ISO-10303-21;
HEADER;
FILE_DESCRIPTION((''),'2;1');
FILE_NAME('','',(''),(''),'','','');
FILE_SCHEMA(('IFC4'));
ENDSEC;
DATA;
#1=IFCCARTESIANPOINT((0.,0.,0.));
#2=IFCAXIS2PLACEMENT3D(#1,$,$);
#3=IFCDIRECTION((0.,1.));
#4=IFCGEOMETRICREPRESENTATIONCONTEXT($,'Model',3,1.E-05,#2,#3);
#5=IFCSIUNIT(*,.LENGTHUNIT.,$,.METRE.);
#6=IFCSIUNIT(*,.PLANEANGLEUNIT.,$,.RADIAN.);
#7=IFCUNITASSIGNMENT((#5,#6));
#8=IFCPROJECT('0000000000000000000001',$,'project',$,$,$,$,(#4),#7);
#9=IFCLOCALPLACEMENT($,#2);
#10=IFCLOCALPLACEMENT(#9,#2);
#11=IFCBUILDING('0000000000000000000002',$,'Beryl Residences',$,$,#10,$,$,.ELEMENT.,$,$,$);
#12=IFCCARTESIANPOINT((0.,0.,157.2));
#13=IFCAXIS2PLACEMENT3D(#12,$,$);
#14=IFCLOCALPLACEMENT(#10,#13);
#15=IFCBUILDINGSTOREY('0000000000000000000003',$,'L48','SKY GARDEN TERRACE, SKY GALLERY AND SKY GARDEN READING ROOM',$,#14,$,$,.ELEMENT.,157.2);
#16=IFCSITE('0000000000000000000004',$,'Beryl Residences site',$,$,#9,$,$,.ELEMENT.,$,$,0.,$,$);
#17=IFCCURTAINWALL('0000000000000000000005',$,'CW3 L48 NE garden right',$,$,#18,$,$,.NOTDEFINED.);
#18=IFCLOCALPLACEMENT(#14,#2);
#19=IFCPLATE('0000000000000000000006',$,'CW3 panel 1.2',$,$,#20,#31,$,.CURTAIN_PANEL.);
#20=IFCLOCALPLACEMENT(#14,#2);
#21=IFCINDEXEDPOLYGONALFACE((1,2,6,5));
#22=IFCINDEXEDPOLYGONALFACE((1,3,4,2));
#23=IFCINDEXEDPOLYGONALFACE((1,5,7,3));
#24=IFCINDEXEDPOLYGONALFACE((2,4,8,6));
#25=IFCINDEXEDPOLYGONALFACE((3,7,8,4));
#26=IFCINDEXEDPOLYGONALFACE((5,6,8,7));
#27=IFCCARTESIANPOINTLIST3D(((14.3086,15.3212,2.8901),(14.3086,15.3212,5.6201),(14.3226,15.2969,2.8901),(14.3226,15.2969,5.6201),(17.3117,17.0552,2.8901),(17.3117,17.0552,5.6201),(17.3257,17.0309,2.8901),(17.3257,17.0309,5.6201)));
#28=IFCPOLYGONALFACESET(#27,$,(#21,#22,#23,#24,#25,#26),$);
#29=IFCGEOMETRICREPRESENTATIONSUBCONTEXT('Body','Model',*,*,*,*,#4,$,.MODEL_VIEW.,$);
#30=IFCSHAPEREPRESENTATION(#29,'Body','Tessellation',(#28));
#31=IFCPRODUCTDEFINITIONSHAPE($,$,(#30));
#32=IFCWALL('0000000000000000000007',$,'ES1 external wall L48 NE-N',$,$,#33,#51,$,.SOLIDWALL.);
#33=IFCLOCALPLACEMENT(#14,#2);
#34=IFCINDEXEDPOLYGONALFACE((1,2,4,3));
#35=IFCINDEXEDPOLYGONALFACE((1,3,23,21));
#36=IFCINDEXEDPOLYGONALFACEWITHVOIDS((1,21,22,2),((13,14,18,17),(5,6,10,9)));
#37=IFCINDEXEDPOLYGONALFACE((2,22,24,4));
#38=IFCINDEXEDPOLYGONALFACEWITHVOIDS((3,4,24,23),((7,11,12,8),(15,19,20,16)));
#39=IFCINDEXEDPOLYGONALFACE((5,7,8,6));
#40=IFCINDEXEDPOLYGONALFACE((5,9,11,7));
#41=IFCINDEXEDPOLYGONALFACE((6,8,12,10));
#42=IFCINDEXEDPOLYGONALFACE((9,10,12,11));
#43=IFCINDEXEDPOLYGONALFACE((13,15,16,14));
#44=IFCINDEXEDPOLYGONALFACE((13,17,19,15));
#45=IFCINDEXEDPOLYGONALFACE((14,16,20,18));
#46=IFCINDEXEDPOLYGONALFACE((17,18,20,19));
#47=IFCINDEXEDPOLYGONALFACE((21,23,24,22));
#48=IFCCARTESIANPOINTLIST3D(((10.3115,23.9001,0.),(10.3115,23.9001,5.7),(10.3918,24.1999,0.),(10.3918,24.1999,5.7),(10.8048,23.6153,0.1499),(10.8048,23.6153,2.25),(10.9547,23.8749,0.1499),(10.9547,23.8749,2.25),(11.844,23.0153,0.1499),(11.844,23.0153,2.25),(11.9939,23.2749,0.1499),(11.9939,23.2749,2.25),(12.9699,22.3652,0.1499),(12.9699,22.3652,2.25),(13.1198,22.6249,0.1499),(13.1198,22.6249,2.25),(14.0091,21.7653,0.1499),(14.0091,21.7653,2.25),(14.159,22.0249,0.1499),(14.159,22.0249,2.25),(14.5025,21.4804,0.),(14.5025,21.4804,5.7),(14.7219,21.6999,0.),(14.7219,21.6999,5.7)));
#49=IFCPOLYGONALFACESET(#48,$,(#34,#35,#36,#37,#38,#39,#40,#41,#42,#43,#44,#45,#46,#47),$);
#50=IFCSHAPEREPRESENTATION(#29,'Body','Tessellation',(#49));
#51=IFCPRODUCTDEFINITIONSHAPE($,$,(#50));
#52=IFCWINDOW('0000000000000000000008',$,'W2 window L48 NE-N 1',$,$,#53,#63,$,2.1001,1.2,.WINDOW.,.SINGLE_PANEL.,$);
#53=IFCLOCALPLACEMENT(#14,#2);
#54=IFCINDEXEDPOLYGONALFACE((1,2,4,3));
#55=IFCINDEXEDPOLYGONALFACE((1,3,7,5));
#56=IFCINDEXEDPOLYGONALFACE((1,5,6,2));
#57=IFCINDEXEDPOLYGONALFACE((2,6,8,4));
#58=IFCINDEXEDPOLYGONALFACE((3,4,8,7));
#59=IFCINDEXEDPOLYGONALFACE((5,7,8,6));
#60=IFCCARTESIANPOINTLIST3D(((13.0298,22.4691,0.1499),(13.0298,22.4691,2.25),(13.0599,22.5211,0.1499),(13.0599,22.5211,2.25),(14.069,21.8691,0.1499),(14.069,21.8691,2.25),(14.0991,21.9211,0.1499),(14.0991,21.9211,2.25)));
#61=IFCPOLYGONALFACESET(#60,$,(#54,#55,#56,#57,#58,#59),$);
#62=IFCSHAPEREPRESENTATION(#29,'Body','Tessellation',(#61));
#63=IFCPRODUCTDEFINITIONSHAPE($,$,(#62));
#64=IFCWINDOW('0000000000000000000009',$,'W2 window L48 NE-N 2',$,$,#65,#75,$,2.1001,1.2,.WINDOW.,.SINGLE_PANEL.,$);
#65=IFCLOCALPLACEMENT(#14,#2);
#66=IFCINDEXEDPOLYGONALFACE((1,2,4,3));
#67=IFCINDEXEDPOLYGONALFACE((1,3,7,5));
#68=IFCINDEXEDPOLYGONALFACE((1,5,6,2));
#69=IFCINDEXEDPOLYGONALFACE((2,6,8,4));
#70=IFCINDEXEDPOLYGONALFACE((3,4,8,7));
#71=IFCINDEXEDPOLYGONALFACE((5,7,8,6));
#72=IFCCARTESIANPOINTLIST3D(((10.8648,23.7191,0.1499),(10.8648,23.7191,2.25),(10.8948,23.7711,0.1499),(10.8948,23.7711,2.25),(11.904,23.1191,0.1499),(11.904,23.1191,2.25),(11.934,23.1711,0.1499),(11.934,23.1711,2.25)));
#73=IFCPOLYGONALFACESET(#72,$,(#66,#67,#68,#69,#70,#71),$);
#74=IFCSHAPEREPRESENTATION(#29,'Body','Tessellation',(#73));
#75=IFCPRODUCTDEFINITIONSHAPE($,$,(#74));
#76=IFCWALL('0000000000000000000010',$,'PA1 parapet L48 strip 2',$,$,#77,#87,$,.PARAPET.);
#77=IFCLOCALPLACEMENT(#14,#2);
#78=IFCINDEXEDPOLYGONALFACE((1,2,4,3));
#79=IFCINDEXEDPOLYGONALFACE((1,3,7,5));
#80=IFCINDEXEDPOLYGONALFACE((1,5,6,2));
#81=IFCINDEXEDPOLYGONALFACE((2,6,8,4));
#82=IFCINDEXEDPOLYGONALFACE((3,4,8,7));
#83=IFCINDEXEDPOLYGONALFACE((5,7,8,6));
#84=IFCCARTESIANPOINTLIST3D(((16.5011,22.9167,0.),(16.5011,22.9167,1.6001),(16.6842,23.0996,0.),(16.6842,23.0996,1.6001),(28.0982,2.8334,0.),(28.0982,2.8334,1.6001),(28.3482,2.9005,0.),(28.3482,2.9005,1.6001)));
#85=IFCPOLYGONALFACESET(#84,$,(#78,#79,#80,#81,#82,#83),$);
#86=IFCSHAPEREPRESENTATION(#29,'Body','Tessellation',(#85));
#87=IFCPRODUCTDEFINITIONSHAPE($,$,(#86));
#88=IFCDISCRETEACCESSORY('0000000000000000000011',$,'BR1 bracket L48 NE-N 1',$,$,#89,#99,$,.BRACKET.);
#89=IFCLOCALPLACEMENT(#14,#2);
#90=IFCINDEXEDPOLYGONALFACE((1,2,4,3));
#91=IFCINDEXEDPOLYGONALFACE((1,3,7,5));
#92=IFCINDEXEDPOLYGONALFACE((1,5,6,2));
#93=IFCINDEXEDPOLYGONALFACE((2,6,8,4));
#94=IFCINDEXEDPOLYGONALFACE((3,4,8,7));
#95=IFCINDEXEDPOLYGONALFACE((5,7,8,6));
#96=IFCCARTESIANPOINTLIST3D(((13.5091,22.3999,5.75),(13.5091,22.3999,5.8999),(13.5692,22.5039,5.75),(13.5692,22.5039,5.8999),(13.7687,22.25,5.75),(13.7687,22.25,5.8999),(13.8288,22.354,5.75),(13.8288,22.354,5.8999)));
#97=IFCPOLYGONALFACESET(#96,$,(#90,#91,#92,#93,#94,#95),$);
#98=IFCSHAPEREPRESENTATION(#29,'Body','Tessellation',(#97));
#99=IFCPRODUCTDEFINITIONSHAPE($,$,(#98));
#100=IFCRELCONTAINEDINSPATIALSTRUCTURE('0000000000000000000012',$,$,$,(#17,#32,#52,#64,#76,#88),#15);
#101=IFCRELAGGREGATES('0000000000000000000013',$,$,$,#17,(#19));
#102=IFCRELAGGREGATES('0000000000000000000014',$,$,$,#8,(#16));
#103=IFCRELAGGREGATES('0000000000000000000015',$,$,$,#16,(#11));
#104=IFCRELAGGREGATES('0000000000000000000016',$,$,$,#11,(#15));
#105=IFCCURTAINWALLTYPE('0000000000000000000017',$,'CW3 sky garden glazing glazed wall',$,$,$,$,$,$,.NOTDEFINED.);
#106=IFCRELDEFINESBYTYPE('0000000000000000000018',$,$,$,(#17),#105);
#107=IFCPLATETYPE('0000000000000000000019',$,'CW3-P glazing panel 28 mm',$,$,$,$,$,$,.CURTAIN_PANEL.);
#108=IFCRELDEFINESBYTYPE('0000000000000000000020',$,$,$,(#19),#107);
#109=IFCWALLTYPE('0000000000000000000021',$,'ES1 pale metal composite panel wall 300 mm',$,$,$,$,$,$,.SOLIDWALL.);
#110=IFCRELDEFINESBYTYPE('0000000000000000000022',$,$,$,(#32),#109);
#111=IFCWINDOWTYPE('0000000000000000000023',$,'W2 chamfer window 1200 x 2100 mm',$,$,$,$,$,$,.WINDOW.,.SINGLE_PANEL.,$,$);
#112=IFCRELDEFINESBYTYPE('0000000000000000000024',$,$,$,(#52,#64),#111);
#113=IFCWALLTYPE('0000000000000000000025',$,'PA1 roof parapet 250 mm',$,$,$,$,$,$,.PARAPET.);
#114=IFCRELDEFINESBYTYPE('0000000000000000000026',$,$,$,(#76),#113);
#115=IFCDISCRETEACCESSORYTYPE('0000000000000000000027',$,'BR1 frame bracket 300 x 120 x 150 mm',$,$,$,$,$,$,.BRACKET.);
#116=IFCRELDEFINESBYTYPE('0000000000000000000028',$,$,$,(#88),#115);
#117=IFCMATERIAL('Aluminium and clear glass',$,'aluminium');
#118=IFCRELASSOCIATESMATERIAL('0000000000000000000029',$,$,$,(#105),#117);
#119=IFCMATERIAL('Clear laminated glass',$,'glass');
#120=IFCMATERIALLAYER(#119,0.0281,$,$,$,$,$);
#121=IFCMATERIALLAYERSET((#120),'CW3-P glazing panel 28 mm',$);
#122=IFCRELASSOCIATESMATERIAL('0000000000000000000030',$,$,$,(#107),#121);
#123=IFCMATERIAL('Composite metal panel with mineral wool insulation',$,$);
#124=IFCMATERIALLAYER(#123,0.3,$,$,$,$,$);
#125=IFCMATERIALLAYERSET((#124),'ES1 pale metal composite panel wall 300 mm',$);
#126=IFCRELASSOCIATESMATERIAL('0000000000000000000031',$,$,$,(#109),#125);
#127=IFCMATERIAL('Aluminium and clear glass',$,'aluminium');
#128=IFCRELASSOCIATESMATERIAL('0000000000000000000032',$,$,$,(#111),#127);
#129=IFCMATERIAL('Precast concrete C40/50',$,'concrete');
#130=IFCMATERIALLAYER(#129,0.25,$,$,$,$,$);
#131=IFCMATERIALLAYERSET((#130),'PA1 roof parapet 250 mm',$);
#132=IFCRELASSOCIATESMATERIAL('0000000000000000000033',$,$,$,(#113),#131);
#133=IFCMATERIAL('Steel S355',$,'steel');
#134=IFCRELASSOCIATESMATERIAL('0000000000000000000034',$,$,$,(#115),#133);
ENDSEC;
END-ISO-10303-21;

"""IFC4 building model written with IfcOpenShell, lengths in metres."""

from ifc_helpers import new_model, si_unit, direction, frame, frame_2d, origin, origin_2d, place, context, subcontext, project, spatial, polyline, rectangle, outline, extrude, source, transform, mapped, material, layer, layer_set, type_object, type_shapes, element, fill, aggregate, save


model = new_model("IFC4")

# Units and contexts
model_context = context("Model", 3, precision=1e-05, world=origin(), true_north=direction((0.0, 1.0)))
body_context = subcontext(model_context, "Body", "Model", "MODEL_VIEW")
ifc_project = project(units=[si_unit("LENGTHUNIT", "METRE"), si_unit("PLANEANGLEUNIT", "RADIAN")], contexts=[model_context])

# Site, building, storey
site_placement = place(None, origin())
site = spatial("IfcSite", under=ifc_project, at=site_placement, Name="Beryl Residences site", CompositionType="ELEMENT", RefElevation=0.0)
building_placement = place(site_placement, origin())
building = spatial("IfcBuilding", under=site, at=building_placement, Name="Beryl Residences", CompositionType="ELEMENT")
storey_placement = place(building_placement, frame((0.0, 0.0, 157.2)))
storey = spatial("IfcBuildingStorey", under=building, at=storey_placement, Name="L48", Description="SKY GARDEN TERRACE, SKY GALLERY AND SKY GARDEN READING ROOM", CompositionType="ELEMENT", Elevation=157.2)

# Shared definitions
ifc_material_1 = material(Name="Aluminium and clear glass", Category="aluminium")
curtain_wall_type = type_object("IfcCurtainWallType", Name="CW3 sky garden glazing glazed wall", PredefinedType="NOTDEFINED", material=ifc_material_1)

# Curtain wall
curtain_wall_1_placement = place(storey_placement, origin())
curtain_wall_1 = element("IfcCurtainWall", 1, at=curtain_wall_1_placement, inside=storey, type_object=curtain_wall_type, Name="CW3 L48 NE garden right", PredefinedType="NOTDEFINED")

# Plate
ifc_material_2 = material(Name="Clear laminated glass", Category="glass")
ifc_layer_1 = layer(ifc_material_2, 0.0281)
ifc_layer_set_1 = layer_set([ifc_layer_1], Name="CW3-P glazing panel 28 mm")
plate_type = type_object("IfcPlateType", Name="CW3-P glazing panel 28 mm", PredefinedType="CURTAIN_PANEL", material=ifc_layer_set_1)
plate_1_placement = place(storey_placement, frame((15.8171, 16.176, 2.8901), z_axis=(0.0, 0.0, 1.0), x_axis=(-0.866005, -0.500036, 0.0)))
plate_1 = element("IfcPlate", 2, at=plate_1_placement, type_object=plate_type, Name="CW3 panel 1.2", PredefinedType="CURTAIN_PANEL", context=body_context, shape_type="SweptSolid", body=[
    extrude(rectangle(XDim=3.4678, YDim=0.0281, at=origin_2d()), origin(), (0.0, 0.0, 1.0), 2.73),
])
aggregate(curtain_wall_1, [plate_1])

# Wall, openings, windows
ifc_material_3 = material(Name="Composite metal panel with mineral wool insulation")
ifc_layer_2 = layer(ifc_material_3, 0.3)
ifc_layer_set_2 = layer_set([ifc_layer_2], Name="ES1 pale metal composite panel wall 300 mm")
wall_type_1 = type_object("IfcWallType", Name="ES1 pale metal composite panel wall 300 mm", PredefinedType="SOLIDWALL", material=ifc_layer_set_2)
wall_1_placement = place(storey_placement, frame((14.647, 21.5701, 0.0), z_axis=(0.0, 0.0, 1.0), x_axis=(-0.866023, 0.500004, 0.0)))
wall_1 = element("IfcWall", 3, at=wall_1_placement, inside=storey, type_object=wall_type_1, Name="ES1 external wall L48 NE-N", PredefinedType="SOLIDWALL", context=body_context, shape_type="SweptSolid", body=[
    extrude(outline(polyline([(0.0, -0.1499), (5.0, -0.1499), (4.9197, 0.1499), (0.0803, 0.1499), (0.0, -0.1499)])), origin(), (0.0, 0.0, 1.0), 5.7),
])
opening_1_placement = place(wall_1_placement, frame((0.6499, 0.0, 0.1499)))
opening_1 = element("IfcOpeningElement", 4, at=opening_1_placement, cuts=wall_1, PredefinedType="OPENING", context=body_context, shape_type="SweptSolid", body=[
    extrude(rectangle(XDim=1.2, YDim=2.1001, at=frame_2d((0.6001, 1.05))), frame((0.0, 0.1599, 0.0), z_axis=(0.0, -1.0, 0.0), x_axis=(1.0, 0.0, 0.0)), (0.0, 0.0, 1.0), 0.3201),
])
opening_2_placement = place(wall_1_placement, frame((3.1499, 0.0, 0.1499)))
opening_2 = element("IfcOpeningElement", 5, at=opening_2_placement, cuts=wall_1, PredefinedType="OPENING", context=body_context, shape_type="SweptSolid", body=[
    extrude(rectangle(XDim=1.2, YDim=2.1001, at=frame_2d((0.6001, 1.05))), frame((0.0, 0.1599, 0.0), z_axis=(0.0, -1.0, 0.0), x_axis=(1.0, 0.0, 0.0)), (0.0, 0.0, 1.0), 0.3201),
])
ifc_material_4 = material(Name="Aluminium and clear glass", Category="aluminium")
window_type = type_object("IfcWindowType", Name="W2 chamfer window 1200 x 2100 mm", PartitioningType="SINGLE_PANEL", PredefinedType="WINDOW", material=ifc_material_4)
window_1_placement = place(opening_1_placement, origin())
window_1 = element("IfcWindow", 6, at=window_1_placement, inside=storey, type_object=window_type, Name="W2 window L48 NE-N 1", OverallHeight=2.1001, OverallWidth=1.2, PartitioningType="SINGLE_PANEL", PredefinedType="WINDOW", context=body_context, shape_type="SweptSolid", body=[
    extrude(rectangle(XDim=1.2, YDim=2.1001, at=frame_2d((0.6001, 1.05))), frame((0.0, 0.03, 0.0), z_axis=(0.0, -1.0, 0.0), x_axis=(1.0, 0.0, 0.0)), (0.0, 0.0, 1.0), 0.0601),
])
fill(opening_1, window_1)
window_2_placement = place(opening_2_placement, origin())
window_2 = element("IfcWindow", 7, at=window_2_placement, inside=storey, type_object=window_type, Name="W2 window L48 NE-N 2", OverallHeight=2.1001, OverallWidth=1.2, PartitioningType="SINGLE_PANEL", PredefinedType="WINDOW", context=body_context, shape_type="SweptSolid", body=[
    extrude(rectangle(XDim=1.2, YDim=2.1001, at=frame_2d((0.6001, 1.05))), frame((0.0, 0.03, 0.0), z_axis=(0.0, -1.0, 0.0), x_axis=(1.0, 0.0, 0.0)), (0.0, 0.0, 1.0), 0.0601),
])
fill(opening_2, window_2)

# Wall
ifc_material_5 = material(Name="Precast concrete C40/50", Category="concrete")
ifc_layer_3 = layer(ifc_material_5, 0.25)
ifc_layer_set_3 = layer_set([ifc_layer_3], Name="PA1 roof parapet 250 mm")
wall_type_2 = type_object("IfcWallType", Name="PA1 roof parapet 250 mm", PredefinedType="PARAPET", material=ifc_layer_set_3)
wall_2_placement = place(storey_placement, frame((16.5759, 23.0371, 0.0), z_axis=(0.0, 0.0, 1.0), x_axis=(0.500066, -0.865988, 0.0)))
element("IfcWall", 8, at=wall_2_placement, inside=storey, type_object=wall_type_2, Name="PA1 parapet L48 strip 2", PredefinedType="PARAPET", context=body_context, shape_type="SweptSolid", body=[
    extrude(outline(polyline([(0.0669, -0.125), (23.2581, -0.125), (23.325, 0.125), (0.0, 0.125), (0.0669, -0.125)])), origin(), (0.0, 0.0, 1.0), 1.6001),
])

# Discrete accessory
ifc_material_6 = material(Name="Steel S355", Category="steel")
discrete_accessory_type = type_object("IfcDiscreteAccessoryType", Name="BR1 frame bracket 300 x 120 x 150 mm", PredefinedType="BRACKET", material=ifc_material_6)
shared_shape_1 = source(origin(), body_context, "Body", "SweptSolid", [
    extrude(outline(polyline([(-0.1499, 0.0), (0.1499, 0.0), (0.1499, 0.1201), (-0.1499, 0.1201), (-0.1499, 0.0)])), origin(), (0.0, 0.0, 1.0), 0.1499),
])
type_shapes(discrete_accessory_type, [shared_shape_1])
discrete_accessory_placement = place(storey_placement, frame((13.6389, 22.325, 5.75), z_axis=(0.0, 0.0, 1.0), x_axis=(0.866025, -0.5, 0.0)))
element("IfcDiscreteAccessory", 9, at=discrete_accessory_placement, inside=storey, type_object=discrete_accessory_type, Name="BR1 bracket L48 NE-N 1", PredefinedType="BRACKET", context=body_context, shape_type="MappedRepresentation", body=[
    mapped(shared_shape_1, transform((0.0, 0.0, 0.0))),
])

save(model, "model.ifc")
